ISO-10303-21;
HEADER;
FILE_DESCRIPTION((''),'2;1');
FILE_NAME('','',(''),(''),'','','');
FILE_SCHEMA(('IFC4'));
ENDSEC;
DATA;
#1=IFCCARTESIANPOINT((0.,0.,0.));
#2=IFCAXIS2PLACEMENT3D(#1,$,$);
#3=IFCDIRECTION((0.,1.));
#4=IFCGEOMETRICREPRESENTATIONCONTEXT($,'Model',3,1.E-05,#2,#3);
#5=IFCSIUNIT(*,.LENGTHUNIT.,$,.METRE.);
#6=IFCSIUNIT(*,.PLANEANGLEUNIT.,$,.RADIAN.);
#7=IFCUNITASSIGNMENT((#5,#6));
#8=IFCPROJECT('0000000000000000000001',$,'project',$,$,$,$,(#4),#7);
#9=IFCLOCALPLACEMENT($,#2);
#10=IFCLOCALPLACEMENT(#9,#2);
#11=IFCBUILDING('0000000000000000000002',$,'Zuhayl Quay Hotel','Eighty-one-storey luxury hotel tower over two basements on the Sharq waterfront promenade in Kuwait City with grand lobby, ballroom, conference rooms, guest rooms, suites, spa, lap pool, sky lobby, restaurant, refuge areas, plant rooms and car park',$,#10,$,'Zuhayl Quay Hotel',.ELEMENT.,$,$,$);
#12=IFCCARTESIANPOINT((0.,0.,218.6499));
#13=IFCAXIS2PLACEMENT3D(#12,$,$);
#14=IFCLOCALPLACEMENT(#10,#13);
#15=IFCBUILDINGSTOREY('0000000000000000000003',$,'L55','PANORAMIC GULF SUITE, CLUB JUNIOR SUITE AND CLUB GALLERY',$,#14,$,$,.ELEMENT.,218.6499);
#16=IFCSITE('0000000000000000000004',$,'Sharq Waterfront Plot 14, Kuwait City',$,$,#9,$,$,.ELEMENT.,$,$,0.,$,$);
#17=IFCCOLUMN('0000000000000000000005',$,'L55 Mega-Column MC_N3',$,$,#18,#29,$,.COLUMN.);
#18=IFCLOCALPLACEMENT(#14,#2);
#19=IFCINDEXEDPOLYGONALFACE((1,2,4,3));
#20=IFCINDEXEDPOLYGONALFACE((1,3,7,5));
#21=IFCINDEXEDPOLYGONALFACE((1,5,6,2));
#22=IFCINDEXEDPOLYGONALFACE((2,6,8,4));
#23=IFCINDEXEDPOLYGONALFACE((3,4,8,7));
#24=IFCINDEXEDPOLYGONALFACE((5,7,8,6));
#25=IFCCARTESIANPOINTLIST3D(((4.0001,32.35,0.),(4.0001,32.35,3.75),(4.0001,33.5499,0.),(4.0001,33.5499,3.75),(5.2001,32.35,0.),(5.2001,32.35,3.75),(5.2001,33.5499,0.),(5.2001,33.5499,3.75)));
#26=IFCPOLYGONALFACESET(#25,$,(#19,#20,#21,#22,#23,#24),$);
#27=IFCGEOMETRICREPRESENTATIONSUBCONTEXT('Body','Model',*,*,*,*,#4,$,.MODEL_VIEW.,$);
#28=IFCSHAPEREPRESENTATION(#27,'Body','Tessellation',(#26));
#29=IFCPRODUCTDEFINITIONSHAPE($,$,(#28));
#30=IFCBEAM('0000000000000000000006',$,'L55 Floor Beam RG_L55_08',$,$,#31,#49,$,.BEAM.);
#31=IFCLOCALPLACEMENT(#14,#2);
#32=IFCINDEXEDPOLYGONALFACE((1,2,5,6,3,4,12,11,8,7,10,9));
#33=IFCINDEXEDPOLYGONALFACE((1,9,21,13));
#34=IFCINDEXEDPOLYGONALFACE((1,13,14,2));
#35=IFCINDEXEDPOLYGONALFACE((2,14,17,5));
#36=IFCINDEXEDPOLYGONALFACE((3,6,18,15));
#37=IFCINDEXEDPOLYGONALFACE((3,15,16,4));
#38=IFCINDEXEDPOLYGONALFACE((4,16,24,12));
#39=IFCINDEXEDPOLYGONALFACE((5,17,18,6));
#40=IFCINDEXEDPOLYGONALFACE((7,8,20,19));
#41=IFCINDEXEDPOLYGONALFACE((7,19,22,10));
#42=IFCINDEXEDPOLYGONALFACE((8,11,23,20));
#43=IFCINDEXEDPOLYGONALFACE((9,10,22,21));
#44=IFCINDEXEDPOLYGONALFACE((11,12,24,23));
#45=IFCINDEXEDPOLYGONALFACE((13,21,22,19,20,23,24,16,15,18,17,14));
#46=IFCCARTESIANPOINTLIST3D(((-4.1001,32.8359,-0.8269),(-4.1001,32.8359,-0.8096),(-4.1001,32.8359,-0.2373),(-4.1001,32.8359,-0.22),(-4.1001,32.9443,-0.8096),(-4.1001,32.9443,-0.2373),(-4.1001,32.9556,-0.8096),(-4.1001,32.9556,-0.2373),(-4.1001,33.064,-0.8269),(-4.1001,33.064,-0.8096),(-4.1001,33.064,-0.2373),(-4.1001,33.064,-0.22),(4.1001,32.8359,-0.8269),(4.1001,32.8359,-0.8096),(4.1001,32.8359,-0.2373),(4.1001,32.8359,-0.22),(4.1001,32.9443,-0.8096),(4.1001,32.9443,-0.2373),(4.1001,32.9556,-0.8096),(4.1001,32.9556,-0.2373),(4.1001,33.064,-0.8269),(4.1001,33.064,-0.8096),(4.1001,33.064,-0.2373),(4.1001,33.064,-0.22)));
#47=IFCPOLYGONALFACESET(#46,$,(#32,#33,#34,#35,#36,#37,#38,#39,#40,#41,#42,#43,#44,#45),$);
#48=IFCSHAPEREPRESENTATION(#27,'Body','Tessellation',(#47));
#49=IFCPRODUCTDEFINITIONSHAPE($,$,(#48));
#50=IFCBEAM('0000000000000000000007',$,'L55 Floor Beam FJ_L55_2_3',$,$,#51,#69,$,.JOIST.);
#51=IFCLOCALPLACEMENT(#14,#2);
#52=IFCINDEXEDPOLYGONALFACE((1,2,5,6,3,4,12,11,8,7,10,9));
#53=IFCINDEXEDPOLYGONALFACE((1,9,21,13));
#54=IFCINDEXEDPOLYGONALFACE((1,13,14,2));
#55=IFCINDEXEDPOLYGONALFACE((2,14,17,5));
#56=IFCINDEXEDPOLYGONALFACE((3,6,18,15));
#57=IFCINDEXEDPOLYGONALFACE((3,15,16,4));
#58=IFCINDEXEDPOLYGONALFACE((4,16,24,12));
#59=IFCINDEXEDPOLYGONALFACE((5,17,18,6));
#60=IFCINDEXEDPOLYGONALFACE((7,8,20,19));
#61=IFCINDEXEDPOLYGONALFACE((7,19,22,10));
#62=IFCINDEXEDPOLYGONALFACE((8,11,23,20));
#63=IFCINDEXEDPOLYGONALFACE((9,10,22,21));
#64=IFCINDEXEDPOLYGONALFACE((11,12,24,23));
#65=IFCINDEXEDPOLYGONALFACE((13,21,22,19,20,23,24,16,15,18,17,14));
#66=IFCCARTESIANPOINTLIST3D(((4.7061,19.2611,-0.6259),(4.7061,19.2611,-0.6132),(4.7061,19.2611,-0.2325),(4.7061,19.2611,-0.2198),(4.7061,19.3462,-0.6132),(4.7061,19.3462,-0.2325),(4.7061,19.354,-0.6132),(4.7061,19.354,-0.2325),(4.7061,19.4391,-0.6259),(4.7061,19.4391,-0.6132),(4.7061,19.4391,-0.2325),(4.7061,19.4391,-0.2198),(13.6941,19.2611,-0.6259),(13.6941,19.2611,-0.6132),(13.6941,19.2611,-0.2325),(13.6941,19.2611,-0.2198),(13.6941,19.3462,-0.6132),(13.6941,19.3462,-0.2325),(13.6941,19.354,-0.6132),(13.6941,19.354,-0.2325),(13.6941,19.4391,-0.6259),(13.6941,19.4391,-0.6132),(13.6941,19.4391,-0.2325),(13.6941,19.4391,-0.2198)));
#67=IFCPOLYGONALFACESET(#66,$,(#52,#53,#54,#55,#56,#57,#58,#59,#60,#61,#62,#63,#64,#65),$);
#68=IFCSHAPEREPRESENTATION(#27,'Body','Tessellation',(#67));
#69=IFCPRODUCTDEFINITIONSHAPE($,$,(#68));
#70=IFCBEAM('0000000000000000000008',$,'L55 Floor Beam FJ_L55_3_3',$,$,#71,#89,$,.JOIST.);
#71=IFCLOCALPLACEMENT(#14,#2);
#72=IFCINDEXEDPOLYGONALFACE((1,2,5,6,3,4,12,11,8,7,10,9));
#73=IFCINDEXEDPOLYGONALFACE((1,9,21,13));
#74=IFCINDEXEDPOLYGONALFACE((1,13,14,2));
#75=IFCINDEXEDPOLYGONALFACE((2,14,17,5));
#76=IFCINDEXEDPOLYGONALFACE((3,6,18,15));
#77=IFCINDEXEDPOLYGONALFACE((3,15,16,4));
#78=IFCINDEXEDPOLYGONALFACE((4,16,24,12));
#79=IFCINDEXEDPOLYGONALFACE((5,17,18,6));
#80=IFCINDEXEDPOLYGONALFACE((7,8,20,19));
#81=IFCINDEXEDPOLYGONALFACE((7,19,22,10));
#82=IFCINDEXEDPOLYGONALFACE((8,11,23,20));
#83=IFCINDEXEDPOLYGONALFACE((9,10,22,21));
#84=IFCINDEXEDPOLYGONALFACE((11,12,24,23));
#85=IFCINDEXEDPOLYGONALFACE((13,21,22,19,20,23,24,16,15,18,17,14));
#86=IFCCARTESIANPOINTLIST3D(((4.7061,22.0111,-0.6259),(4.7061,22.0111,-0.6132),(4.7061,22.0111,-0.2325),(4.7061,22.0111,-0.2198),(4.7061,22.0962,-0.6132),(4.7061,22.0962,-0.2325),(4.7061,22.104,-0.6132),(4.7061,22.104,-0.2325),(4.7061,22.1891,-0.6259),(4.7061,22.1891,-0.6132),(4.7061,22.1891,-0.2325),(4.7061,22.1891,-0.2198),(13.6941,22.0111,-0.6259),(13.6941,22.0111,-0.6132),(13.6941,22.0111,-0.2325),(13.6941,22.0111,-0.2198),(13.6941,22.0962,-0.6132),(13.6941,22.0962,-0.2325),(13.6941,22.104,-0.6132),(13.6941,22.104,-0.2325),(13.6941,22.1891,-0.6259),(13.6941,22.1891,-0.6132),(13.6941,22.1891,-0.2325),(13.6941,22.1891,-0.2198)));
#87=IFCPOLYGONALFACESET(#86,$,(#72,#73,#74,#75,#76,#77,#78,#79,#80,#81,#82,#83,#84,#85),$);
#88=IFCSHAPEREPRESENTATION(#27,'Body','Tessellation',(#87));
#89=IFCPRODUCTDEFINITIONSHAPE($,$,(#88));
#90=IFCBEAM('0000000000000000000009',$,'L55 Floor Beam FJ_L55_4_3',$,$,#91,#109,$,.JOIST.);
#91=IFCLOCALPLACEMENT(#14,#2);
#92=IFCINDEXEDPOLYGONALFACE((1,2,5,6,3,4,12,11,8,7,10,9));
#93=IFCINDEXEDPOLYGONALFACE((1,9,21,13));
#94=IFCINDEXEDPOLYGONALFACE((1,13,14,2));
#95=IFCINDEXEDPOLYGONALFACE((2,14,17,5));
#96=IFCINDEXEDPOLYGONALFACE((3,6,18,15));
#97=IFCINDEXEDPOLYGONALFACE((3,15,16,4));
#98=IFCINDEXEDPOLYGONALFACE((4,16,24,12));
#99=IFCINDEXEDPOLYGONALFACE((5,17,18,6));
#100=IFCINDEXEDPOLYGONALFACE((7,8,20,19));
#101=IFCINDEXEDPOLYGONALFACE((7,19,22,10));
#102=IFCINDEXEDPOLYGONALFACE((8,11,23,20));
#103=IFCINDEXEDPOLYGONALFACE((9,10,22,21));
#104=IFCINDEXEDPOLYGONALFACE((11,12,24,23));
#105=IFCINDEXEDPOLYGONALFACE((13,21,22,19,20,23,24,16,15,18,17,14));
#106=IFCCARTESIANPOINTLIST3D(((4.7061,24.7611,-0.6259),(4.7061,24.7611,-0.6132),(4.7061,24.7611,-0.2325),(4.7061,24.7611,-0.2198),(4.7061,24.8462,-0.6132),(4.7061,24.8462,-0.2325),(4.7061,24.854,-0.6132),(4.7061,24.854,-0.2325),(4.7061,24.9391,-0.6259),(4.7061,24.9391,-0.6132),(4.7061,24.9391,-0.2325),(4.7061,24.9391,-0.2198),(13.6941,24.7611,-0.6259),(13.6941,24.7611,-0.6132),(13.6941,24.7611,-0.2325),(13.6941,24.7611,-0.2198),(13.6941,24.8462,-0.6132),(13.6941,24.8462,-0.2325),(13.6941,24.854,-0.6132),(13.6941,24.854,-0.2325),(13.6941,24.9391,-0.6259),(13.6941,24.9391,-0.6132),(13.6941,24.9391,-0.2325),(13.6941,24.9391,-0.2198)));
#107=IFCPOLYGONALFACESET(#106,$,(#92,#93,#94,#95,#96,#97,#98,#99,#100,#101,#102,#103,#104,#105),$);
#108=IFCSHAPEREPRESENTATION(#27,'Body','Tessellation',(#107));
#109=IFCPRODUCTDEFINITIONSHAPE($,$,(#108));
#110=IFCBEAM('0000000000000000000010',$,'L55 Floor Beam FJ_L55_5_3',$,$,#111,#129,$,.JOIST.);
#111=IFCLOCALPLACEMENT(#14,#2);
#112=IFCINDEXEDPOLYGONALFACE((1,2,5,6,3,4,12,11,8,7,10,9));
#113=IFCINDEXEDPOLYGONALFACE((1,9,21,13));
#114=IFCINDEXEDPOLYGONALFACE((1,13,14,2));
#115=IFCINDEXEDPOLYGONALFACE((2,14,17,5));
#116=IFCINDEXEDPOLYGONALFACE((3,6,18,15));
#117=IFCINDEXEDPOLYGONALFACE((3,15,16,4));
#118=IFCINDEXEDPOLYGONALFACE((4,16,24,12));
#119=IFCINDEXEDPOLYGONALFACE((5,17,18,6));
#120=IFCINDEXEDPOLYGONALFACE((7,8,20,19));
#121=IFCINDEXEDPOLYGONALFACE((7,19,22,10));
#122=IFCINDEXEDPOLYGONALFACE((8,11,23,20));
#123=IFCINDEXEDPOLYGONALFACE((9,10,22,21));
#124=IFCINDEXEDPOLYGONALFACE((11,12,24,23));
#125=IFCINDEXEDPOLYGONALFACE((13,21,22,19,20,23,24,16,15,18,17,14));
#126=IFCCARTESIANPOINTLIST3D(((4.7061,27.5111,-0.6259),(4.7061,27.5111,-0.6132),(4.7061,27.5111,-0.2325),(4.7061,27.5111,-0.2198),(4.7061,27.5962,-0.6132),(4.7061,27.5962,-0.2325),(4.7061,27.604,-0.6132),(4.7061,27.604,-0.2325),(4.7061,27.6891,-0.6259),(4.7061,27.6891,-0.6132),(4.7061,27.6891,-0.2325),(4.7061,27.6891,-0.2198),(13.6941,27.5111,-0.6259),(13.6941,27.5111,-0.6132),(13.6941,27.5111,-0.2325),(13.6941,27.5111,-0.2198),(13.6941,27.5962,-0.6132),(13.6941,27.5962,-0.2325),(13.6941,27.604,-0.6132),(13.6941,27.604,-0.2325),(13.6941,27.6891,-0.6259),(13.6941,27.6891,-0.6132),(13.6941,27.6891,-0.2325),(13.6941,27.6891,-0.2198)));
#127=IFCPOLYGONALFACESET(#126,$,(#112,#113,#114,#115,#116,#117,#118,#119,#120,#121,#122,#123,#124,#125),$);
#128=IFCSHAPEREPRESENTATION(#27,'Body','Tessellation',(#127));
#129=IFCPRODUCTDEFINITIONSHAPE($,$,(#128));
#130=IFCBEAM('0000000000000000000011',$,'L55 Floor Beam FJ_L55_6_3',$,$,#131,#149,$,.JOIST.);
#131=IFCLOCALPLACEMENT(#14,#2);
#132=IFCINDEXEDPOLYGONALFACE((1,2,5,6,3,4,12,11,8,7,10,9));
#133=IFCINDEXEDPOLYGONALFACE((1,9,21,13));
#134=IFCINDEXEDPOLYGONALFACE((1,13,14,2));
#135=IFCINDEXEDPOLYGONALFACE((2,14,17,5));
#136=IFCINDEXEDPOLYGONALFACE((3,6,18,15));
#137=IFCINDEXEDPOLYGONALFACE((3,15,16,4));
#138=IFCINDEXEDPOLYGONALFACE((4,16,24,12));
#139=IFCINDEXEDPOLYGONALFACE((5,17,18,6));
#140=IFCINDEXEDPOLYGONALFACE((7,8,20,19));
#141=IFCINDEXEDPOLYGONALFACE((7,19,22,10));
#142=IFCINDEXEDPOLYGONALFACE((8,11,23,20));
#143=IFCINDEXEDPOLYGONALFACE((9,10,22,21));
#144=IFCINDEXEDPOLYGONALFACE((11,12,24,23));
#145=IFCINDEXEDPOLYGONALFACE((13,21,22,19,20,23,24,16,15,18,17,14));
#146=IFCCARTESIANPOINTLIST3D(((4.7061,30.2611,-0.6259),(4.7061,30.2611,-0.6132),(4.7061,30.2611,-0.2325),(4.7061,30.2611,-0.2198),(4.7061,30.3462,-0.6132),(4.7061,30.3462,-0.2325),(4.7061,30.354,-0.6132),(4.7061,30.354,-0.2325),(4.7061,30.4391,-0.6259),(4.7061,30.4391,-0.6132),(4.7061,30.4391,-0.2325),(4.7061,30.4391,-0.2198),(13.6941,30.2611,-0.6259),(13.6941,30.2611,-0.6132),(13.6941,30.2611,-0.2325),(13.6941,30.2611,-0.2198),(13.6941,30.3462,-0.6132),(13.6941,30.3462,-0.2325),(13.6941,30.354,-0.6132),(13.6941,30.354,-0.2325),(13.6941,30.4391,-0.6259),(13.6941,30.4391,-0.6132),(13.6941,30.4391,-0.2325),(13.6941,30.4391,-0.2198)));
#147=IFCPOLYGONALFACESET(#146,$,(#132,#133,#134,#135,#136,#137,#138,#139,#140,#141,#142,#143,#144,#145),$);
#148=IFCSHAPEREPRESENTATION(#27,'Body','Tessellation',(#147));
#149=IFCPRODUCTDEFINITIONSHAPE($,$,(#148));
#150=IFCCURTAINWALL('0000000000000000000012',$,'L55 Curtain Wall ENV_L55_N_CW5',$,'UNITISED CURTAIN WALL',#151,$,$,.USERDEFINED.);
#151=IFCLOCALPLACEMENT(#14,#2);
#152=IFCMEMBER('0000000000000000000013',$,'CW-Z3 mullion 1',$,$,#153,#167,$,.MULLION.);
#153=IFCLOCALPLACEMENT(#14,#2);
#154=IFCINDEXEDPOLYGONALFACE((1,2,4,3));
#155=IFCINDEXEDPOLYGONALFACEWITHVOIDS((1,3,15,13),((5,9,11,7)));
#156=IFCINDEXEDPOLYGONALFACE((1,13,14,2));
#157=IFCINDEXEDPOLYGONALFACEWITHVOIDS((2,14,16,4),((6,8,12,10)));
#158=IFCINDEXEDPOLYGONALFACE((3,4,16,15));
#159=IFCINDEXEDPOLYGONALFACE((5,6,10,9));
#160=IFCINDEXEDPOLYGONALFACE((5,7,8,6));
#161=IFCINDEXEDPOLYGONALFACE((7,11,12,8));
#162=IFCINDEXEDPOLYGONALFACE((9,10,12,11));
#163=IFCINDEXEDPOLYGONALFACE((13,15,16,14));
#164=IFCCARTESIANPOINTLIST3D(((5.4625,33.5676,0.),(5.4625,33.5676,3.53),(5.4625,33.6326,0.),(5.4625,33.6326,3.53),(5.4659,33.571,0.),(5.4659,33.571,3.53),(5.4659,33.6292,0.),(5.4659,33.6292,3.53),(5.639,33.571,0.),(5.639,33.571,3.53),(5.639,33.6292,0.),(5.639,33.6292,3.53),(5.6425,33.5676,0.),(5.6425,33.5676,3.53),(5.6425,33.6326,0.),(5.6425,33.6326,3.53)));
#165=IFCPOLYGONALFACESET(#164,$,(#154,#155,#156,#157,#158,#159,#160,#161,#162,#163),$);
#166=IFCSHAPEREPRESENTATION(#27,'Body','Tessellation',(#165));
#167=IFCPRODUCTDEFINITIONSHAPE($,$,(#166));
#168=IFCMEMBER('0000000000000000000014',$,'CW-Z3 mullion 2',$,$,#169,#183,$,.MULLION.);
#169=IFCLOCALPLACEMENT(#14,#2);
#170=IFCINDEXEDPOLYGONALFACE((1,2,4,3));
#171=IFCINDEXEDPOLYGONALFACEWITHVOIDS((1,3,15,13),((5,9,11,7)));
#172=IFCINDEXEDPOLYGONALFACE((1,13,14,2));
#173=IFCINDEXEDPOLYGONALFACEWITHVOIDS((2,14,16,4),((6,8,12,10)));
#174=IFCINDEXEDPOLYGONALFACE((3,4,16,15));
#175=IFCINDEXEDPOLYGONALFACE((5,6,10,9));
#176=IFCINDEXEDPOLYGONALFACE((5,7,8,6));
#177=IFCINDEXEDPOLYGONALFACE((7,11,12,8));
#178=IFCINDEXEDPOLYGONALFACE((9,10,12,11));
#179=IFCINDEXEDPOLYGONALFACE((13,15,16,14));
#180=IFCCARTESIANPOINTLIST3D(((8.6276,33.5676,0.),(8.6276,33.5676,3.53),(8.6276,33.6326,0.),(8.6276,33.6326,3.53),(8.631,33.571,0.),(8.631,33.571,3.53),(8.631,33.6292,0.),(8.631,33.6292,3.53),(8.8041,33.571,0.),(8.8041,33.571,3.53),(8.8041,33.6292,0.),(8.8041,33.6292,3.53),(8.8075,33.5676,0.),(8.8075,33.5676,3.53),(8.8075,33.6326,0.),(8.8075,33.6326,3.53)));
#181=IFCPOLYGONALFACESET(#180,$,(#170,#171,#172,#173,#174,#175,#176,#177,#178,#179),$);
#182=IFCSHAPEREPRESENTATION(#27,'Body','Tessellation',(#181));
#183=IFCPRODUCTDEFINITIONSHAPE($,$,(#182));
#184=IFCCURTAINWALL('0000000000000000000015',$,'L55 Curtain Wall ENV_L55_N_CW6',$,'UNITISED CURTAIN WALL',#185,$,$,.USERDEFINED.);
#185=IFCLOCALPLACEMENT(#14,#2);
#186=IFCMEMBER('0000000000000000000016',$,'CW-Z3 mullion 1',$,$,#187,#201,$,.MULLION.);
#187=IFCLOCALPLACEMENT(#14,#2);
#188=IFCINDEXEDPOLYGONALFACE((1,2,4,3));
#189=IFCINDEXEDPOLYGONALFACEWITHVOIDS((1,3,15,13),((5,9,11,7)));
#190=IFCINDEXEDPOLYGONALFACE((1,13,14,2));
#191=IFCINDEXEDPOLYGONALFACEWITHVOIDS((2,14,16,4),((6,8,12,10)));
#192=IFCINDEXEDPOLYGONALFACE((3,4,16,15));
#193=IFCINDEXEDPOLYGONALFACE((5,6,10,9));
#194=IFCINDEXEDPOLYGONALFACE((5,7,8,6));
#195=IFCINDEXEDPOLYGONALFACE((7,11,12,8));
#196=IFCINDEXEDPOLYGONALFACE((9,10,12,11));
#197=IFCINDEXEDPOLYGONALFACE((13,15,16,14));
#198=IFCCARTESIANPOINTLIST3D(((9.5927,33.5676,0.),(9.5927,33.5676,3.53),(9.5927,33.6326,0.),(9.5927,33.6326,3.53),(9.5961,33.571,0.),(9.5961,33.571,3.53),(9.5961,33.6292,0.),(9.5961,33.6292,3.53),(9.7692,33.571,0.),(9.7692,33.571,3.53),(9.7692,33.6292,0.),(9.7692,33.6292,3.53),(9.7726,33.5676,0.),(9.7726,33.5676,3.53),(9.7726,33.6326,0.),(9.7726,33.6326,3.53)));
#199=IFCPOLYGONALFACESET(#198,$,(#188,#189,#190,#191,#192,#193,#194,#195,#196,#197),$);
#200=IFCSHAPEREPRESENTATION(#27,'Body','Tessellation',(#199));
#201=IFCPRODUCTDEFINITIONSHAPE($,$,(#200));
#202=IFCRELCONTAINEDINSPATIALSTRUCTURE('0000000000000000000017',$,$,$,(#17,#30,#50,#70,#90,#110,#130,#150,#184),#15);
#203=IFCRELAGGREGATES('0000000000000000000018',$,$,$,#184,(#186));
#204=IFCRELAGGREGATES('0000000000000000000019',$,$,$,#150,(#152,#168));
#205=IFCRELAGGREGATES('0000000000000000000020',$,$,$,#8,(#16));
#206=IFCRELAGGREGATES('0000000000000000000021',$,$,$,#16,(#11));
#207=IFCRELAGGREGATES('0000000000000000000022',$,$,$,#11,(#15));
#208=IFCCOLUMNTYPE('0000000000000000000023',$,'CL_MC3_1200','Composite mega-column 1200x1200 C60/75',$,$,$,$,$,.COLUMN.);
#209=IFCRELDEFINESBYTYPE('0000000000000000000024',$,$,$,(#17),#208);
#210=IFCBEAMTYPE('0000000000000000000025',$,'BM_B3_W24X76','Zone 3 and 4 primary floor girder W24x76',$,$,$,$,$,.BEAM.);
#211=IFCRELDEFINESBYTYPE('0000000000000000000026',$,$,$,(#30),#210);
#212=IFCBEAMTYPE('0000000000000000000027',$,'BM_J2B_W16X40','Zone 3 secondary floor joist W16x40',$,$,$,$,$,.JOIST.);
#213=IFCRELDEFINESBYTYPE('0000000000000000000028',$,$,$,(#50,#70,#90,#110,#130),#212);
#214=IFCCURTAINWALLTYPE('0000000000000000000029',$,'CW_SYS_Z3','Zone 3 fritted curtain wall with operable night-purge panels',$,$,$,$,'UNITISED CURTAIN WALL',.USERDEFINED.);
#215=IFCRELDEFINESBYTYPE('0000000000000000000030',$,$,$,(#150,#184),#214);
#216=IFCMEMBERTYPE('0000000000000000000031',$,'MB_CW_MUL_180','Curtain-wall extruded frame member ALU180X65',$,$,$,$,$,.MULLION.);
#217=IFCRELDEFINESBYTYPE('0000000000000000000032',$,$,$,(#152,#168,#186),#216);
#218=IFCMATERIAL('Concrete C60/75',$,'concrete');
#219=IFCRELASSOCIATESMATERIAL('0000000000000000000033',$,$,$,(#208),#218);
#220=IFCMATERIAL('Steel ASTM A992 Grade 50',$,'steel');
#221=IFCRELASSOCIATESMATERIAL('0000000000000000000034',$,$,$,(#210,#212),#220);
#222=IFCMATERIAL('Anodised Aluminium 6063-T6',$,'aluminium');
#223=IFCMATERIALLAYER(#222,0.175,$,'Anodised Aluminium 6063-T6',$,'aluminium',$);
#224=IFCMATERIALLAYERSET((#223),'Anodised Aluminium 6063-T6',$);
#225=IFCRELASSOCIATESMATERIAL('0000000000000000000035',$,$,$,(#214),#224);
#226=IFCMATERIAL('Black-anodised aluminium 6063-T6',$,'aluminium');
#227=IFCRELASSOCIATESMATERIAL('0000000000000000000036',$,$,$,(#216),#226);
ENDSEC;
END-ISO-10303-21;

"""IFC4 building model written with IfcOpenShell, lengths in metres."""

from ifc_helpers import new_model, si_unit, direction, frame, origin, origin_2d, place, context, subcontext, project, spatial, rectangle, hollow_rectangle, i_section, extrude, material, layer, layer_set, material_profile, profile_set, type_object, element, aggregate, save


model = new_model("IFC4")

# Units and contexts
model_context = context("Model", 3, precision=1e-05, world=origin(), true_north=direction((0.0, 1.0)))
body_context = subcontext(model_context, "Body", "Model", "MODEL_VIEW")
ifc_project = project(units=[si_unit("LENGTHUNIT", "METRE"), si_unit("PLANEANGLEUNIT", "RADIAN")], contexts=[model_context])

# Site, building, storey
site_placement = place(None, origin())
site = spatial("IfcSite", under=ifc_project, at=site_placement, Name="Sharq Waterfront Plot 14, Kuwait City", CompositionType="ELEMENT", RefElevation=0.0)
building_placement = place(site_placement, origin())
building = spatial("IfcBuilding", under=site, at=building_placement, Name="Zuhayl Quay Hotel", Description="Eighty-one-storey luxury hotel tower over two basements on the Sharq waterfront promenade in Kuwait City with grand lobby, ballroom, conference rooms, guest rooms, suites, spa, lap pool, sky lobby, restaurant, refuge areas, plant rooms and car park", LongName="Zuhayl Quay Hotel", CompositionType="ELEMENT")
storey_placement = place(building_placement, frame((0.0, 0.0, 218.6499)))
storey = spatial("IfcBuildingStorey", under=building, at=storey_placement, Name="L55", Description="PANORAMIC GULF SUITE, CLUB JUNIOR SUITE AND CLUB GALLERY", CompositionType="ELEMENT", Elevation=218.6499)

# Column
ifc_material_1 = material(Name="Concrete C60/75", Category="concrete")
ifc_material_profile_1 = material_profile(ifc_material_1, rectangle(XDim=1.2, YDim=1.2, at=origin_2d()), Name="RC1200X1200")
ifc_profile_set_1 = profile_set([ifc_material_profile_1], Name="Concrete C60/75")
column_type = type_object("IfcColumnType", Name="CL_MC3_1200", Description="Composite mega-column 1200x1200 C60/75", PredefinedType="COLUMN", material=ifc_profile_set_1)
column_placement = place(storey_placement, frame((4.6001, 32.95, 0.0), z_axis=(0.0, 0.0, 1.0), x_axis=(1.0, 0.0, 0.0)))
element("IfcColumn", 1, at=column_placement, inside=storey, type_object=column_type, Name="L55 Mega-Column MC_N3", PredefinedType="COLUMN", context=body_context, shape_type="SweptSolid", body=[
    extrude(rectangle(XDim=1.2, YDim=1.2, at=origin_2d()), origin(), (0.0, 0.0, 1.0), 3.75),
])

# Beams
ifc_material_2 = material(Name="Steel ASTM A992 Grade 50", Category="steel")
ifc_material_profile_2 = material_profile(ifc_material_2, i_section(OverallWidth=0.228, OverallDepth=0.6069, WebThickness=0.0112, FlangeThickness=0.0173, at=origin_2d()), Name="W24X76")
ifc_profile_set_2 = profile_set([ifc_material_profile_2], Name="Steel ASTM A992 Grade 50")
beam_type_1 = type_object("IfcBeamType", Name="BM_B3_W24X76", Description="Zone 3 and 4 primary floor girder W24x76", PredefinedType="BEAM", material=ifc_profile_set_2)
beam_placement = place(storey_placement, frame((4.1001, 32.95, -0.5234), z_axis=(-1.0, 0.0, 0.0), x_axis=(0.0, -1.0, 0.0)))
element("IfcBeam", 2, at=beam_placement, inside=storey, type_object=beam_type_1, Name="L55 Floor Beam RG_L55_08", PredefinedType="BEAM", context=body_context, shape_type="SweptSolid", body=[
    extrude(i_section(OverallWidth=0.228, OverallDepth=0.6069, WebThickness=0.0112, FlangeThickness=0.0173, at=origin_2d()), origin(), (0.0, 0.0, 1.0), 8.2002),
])
ifc_material_profile_3 = material_profile(ifc_material_2, i_section(OverallWidth=0.178, OverallDepth=0.406, WebThickness=0.0078, FlangeThickness=0.0127, at=origin_2d()), Name="W16X40")
ifc_profile_set_3 = profile_set([ifc_material_profile_3], Name="Steel ASTM A992 Grade 50")
beam_type_2 = type_object("IfcBeamType", Name="BM_J2B_W16X40", Description="Zone 3 secondary floor joist W16x40", PredefinedType="JOIST", material=ifc_profile_set_3)
for number, where, z_axis, x_axis, name in (
    (3, (4.7061, 19.3501, -0.4229), (1.0, 0.0, 0.0), (0.0, 1.0, 0.0), "L55 Floor Beam FJ_L55_2_3"),
    (4, (4.7061, 22.1001, -0.4229), (1.0, 0.0, 0.0), (0.0, 1.0, 0.0), "L55 Floor Beam FJ_L55_3_3"),
    (5, (4.7061, 24.8501, -0.4229), (1.0, 0.0, 0.0), (0.0, 1.0, 0.0), "L55 Floor Beam FJ_L55_4_3"),
    (6, (4.7061, 27.6001, -0.4229), (1.0, 0.0, 0.0), (0.0, 1.0, 0.0), "L55 Floor Beam FJ_L55_5_3"),
    (7, (4.7061, 30.3501, -0.4229), (1.0, 0.0, 0.0), (0.0, 1.0, 0.0), "L55 Floor Beam FJ_L55_6_3"),
):
    element("IfcBeam", number, at=place(storey_placement, frame(where, z_axis=z_axis, x_axis=x_axis)), inside=storey, type_object=beam_type_2, Name=name, PredefinedType="JOIST", context=body_context, shape_type="SweptSolid", body=[
        extrude(i_section(OverallWidth=0.178, OverallDepth=0.406, WebThickness=0.0078, FlangeThickness=0.0127, at=origin_2d()), origin(), (0.0, 0.0, 1.0), 8.988),
    ])

# Curtain wall, members
ifc_material_3 = material(Name="Anodised Aluminium 6063-T6", Category="aluminium")
ifc_layer_1 = layer(ifc_material_3, 0.175, Name="Anodised Aluminium 6063-T6", Category="aluminium")
ifc_layer_set_1 = layer_set([ifc_layer_1], Name="Anodised Aluminium 6063-T6")
curtain_wall_type = type_object("IfcCurtainWallType", Name="CW_SYS_Z3", Description="Zone 3 fritted curtain wall with operable night-purge panels", ElementType="UNITISED CURTAIN WALL", PredefinedType="USERDEFINED", material=ifc_layer_set_1)
curtain_wall_1_placement = place(storey_placement, origin())
curtain_wall_1 = element("IfcCurtainWall", 8, at=curtain_wall_1_placement, inside=storey, type_object=curtain_wall_type, Name="L55 Curtain Wall ENV_L55_N_CW5", ObjectType="UNITISED CURTAIN WALL", PredefinedType="USERDEFINED")
ifc_material_4 = material(Name="Black-anodised aluminium 6063-T6", Category="aluminium")
ifc_material_profile_4 = material_profile(ifc_material_4, hollow_rectangle(XDim=0.0649, YDim=0.1799, WallThickness=0.0034, at=origin_2d()), Name="ALU180X65")
ifc_profile_set_4 = profile_set([ifc_material_profile_4], Name="Black-anodised aluminium 6063-T6")
member_type_1 = type_object("IfcMemberType", Name="MB_CW_MUL_180", Description="Curtain-wall extruded frame member ALU180X65", PredefinedType="MULLION", material=ifc_profile_set_4)
member_1_placement = place(storey_placement, frame((5.5525, 33.6001, 0.0), z_axis=(0.0, 0.0, 1.0), x_axis=(0.0, 1.0, 0.0)))
member_1 = element("IfcMember", 9, at=member_1_placement, type_object=member_type_1, Name="CW-Z3 mullion 1", PredefinedType="MULLION", context=body_context, shape_type="SweptSolid", body=[
    extrude(hollow_rectangle(XDim=0.0649, YDim=0.1799, WallThickness=0.0034, at=origin_2d()), origin(), (0.0, 0.0, 1.0), 3.53),
])
member_2_placement = place(storey_placement, frame((8.7175, 33.6001, 0.0), z_axis=(0.0, 0.0, 1.0), x_axis=(0.0, 1.0, 0.0)))
member_2 = element("IfcMember", 10, at=member_2_placement, type_object=member_type_1, Name="CW-Z3 mullion 2", PredefinedType="MULLION", context=body_context, shape_type="SweptSolid", body=[
    extrude(hollow_rectangle(XDim=0.0649, YDim=0.1799, WallThickness=0.0034, at=origin_2d()), origin(), (0.0, 0.0, 1.0), 3.53),
])

# Curtain wall, member
curtain_wall_2_placement = place(storey_placement, origin())
curtain_wall_2 = element("IfcCurtainWall", 11, at=curtain_wall_2_placement, inside=storey, type_object=curtain_wall_type, Name="L55 Curtain Wall ENV_L55_N_CW6", ObjectType="UNITISED CURTAIN WALL", PredefinedType="USERDEFINED")
member_3_placement = place(storey_placement, frame((9.6826, 33.6001, 0.0), z_axis=(0.0, 0.0, 1.0), x_axis=(0.0, 1.0, 0.0)))
member_3 = element("IfcMember", 12, at=member_3_placement, type_object=member_type_1, Name="CW-Z3 mullion 1", PredefinedType="MULLION", context=body_context, shape_type="SweptSolid", body=[
    extrude(hollow_rectangle(XDim=0.0649, YDim=0.1799, WallThickness=0.0034, at=origin_2d()), origin(), (0.0, 0.0, 1.0), 3.53),
])

aggregate(curtain_wall_2, [member_3])

aggregate(curtain_wall_1, [member_1, member_2])

save(model, "model.ifc")
